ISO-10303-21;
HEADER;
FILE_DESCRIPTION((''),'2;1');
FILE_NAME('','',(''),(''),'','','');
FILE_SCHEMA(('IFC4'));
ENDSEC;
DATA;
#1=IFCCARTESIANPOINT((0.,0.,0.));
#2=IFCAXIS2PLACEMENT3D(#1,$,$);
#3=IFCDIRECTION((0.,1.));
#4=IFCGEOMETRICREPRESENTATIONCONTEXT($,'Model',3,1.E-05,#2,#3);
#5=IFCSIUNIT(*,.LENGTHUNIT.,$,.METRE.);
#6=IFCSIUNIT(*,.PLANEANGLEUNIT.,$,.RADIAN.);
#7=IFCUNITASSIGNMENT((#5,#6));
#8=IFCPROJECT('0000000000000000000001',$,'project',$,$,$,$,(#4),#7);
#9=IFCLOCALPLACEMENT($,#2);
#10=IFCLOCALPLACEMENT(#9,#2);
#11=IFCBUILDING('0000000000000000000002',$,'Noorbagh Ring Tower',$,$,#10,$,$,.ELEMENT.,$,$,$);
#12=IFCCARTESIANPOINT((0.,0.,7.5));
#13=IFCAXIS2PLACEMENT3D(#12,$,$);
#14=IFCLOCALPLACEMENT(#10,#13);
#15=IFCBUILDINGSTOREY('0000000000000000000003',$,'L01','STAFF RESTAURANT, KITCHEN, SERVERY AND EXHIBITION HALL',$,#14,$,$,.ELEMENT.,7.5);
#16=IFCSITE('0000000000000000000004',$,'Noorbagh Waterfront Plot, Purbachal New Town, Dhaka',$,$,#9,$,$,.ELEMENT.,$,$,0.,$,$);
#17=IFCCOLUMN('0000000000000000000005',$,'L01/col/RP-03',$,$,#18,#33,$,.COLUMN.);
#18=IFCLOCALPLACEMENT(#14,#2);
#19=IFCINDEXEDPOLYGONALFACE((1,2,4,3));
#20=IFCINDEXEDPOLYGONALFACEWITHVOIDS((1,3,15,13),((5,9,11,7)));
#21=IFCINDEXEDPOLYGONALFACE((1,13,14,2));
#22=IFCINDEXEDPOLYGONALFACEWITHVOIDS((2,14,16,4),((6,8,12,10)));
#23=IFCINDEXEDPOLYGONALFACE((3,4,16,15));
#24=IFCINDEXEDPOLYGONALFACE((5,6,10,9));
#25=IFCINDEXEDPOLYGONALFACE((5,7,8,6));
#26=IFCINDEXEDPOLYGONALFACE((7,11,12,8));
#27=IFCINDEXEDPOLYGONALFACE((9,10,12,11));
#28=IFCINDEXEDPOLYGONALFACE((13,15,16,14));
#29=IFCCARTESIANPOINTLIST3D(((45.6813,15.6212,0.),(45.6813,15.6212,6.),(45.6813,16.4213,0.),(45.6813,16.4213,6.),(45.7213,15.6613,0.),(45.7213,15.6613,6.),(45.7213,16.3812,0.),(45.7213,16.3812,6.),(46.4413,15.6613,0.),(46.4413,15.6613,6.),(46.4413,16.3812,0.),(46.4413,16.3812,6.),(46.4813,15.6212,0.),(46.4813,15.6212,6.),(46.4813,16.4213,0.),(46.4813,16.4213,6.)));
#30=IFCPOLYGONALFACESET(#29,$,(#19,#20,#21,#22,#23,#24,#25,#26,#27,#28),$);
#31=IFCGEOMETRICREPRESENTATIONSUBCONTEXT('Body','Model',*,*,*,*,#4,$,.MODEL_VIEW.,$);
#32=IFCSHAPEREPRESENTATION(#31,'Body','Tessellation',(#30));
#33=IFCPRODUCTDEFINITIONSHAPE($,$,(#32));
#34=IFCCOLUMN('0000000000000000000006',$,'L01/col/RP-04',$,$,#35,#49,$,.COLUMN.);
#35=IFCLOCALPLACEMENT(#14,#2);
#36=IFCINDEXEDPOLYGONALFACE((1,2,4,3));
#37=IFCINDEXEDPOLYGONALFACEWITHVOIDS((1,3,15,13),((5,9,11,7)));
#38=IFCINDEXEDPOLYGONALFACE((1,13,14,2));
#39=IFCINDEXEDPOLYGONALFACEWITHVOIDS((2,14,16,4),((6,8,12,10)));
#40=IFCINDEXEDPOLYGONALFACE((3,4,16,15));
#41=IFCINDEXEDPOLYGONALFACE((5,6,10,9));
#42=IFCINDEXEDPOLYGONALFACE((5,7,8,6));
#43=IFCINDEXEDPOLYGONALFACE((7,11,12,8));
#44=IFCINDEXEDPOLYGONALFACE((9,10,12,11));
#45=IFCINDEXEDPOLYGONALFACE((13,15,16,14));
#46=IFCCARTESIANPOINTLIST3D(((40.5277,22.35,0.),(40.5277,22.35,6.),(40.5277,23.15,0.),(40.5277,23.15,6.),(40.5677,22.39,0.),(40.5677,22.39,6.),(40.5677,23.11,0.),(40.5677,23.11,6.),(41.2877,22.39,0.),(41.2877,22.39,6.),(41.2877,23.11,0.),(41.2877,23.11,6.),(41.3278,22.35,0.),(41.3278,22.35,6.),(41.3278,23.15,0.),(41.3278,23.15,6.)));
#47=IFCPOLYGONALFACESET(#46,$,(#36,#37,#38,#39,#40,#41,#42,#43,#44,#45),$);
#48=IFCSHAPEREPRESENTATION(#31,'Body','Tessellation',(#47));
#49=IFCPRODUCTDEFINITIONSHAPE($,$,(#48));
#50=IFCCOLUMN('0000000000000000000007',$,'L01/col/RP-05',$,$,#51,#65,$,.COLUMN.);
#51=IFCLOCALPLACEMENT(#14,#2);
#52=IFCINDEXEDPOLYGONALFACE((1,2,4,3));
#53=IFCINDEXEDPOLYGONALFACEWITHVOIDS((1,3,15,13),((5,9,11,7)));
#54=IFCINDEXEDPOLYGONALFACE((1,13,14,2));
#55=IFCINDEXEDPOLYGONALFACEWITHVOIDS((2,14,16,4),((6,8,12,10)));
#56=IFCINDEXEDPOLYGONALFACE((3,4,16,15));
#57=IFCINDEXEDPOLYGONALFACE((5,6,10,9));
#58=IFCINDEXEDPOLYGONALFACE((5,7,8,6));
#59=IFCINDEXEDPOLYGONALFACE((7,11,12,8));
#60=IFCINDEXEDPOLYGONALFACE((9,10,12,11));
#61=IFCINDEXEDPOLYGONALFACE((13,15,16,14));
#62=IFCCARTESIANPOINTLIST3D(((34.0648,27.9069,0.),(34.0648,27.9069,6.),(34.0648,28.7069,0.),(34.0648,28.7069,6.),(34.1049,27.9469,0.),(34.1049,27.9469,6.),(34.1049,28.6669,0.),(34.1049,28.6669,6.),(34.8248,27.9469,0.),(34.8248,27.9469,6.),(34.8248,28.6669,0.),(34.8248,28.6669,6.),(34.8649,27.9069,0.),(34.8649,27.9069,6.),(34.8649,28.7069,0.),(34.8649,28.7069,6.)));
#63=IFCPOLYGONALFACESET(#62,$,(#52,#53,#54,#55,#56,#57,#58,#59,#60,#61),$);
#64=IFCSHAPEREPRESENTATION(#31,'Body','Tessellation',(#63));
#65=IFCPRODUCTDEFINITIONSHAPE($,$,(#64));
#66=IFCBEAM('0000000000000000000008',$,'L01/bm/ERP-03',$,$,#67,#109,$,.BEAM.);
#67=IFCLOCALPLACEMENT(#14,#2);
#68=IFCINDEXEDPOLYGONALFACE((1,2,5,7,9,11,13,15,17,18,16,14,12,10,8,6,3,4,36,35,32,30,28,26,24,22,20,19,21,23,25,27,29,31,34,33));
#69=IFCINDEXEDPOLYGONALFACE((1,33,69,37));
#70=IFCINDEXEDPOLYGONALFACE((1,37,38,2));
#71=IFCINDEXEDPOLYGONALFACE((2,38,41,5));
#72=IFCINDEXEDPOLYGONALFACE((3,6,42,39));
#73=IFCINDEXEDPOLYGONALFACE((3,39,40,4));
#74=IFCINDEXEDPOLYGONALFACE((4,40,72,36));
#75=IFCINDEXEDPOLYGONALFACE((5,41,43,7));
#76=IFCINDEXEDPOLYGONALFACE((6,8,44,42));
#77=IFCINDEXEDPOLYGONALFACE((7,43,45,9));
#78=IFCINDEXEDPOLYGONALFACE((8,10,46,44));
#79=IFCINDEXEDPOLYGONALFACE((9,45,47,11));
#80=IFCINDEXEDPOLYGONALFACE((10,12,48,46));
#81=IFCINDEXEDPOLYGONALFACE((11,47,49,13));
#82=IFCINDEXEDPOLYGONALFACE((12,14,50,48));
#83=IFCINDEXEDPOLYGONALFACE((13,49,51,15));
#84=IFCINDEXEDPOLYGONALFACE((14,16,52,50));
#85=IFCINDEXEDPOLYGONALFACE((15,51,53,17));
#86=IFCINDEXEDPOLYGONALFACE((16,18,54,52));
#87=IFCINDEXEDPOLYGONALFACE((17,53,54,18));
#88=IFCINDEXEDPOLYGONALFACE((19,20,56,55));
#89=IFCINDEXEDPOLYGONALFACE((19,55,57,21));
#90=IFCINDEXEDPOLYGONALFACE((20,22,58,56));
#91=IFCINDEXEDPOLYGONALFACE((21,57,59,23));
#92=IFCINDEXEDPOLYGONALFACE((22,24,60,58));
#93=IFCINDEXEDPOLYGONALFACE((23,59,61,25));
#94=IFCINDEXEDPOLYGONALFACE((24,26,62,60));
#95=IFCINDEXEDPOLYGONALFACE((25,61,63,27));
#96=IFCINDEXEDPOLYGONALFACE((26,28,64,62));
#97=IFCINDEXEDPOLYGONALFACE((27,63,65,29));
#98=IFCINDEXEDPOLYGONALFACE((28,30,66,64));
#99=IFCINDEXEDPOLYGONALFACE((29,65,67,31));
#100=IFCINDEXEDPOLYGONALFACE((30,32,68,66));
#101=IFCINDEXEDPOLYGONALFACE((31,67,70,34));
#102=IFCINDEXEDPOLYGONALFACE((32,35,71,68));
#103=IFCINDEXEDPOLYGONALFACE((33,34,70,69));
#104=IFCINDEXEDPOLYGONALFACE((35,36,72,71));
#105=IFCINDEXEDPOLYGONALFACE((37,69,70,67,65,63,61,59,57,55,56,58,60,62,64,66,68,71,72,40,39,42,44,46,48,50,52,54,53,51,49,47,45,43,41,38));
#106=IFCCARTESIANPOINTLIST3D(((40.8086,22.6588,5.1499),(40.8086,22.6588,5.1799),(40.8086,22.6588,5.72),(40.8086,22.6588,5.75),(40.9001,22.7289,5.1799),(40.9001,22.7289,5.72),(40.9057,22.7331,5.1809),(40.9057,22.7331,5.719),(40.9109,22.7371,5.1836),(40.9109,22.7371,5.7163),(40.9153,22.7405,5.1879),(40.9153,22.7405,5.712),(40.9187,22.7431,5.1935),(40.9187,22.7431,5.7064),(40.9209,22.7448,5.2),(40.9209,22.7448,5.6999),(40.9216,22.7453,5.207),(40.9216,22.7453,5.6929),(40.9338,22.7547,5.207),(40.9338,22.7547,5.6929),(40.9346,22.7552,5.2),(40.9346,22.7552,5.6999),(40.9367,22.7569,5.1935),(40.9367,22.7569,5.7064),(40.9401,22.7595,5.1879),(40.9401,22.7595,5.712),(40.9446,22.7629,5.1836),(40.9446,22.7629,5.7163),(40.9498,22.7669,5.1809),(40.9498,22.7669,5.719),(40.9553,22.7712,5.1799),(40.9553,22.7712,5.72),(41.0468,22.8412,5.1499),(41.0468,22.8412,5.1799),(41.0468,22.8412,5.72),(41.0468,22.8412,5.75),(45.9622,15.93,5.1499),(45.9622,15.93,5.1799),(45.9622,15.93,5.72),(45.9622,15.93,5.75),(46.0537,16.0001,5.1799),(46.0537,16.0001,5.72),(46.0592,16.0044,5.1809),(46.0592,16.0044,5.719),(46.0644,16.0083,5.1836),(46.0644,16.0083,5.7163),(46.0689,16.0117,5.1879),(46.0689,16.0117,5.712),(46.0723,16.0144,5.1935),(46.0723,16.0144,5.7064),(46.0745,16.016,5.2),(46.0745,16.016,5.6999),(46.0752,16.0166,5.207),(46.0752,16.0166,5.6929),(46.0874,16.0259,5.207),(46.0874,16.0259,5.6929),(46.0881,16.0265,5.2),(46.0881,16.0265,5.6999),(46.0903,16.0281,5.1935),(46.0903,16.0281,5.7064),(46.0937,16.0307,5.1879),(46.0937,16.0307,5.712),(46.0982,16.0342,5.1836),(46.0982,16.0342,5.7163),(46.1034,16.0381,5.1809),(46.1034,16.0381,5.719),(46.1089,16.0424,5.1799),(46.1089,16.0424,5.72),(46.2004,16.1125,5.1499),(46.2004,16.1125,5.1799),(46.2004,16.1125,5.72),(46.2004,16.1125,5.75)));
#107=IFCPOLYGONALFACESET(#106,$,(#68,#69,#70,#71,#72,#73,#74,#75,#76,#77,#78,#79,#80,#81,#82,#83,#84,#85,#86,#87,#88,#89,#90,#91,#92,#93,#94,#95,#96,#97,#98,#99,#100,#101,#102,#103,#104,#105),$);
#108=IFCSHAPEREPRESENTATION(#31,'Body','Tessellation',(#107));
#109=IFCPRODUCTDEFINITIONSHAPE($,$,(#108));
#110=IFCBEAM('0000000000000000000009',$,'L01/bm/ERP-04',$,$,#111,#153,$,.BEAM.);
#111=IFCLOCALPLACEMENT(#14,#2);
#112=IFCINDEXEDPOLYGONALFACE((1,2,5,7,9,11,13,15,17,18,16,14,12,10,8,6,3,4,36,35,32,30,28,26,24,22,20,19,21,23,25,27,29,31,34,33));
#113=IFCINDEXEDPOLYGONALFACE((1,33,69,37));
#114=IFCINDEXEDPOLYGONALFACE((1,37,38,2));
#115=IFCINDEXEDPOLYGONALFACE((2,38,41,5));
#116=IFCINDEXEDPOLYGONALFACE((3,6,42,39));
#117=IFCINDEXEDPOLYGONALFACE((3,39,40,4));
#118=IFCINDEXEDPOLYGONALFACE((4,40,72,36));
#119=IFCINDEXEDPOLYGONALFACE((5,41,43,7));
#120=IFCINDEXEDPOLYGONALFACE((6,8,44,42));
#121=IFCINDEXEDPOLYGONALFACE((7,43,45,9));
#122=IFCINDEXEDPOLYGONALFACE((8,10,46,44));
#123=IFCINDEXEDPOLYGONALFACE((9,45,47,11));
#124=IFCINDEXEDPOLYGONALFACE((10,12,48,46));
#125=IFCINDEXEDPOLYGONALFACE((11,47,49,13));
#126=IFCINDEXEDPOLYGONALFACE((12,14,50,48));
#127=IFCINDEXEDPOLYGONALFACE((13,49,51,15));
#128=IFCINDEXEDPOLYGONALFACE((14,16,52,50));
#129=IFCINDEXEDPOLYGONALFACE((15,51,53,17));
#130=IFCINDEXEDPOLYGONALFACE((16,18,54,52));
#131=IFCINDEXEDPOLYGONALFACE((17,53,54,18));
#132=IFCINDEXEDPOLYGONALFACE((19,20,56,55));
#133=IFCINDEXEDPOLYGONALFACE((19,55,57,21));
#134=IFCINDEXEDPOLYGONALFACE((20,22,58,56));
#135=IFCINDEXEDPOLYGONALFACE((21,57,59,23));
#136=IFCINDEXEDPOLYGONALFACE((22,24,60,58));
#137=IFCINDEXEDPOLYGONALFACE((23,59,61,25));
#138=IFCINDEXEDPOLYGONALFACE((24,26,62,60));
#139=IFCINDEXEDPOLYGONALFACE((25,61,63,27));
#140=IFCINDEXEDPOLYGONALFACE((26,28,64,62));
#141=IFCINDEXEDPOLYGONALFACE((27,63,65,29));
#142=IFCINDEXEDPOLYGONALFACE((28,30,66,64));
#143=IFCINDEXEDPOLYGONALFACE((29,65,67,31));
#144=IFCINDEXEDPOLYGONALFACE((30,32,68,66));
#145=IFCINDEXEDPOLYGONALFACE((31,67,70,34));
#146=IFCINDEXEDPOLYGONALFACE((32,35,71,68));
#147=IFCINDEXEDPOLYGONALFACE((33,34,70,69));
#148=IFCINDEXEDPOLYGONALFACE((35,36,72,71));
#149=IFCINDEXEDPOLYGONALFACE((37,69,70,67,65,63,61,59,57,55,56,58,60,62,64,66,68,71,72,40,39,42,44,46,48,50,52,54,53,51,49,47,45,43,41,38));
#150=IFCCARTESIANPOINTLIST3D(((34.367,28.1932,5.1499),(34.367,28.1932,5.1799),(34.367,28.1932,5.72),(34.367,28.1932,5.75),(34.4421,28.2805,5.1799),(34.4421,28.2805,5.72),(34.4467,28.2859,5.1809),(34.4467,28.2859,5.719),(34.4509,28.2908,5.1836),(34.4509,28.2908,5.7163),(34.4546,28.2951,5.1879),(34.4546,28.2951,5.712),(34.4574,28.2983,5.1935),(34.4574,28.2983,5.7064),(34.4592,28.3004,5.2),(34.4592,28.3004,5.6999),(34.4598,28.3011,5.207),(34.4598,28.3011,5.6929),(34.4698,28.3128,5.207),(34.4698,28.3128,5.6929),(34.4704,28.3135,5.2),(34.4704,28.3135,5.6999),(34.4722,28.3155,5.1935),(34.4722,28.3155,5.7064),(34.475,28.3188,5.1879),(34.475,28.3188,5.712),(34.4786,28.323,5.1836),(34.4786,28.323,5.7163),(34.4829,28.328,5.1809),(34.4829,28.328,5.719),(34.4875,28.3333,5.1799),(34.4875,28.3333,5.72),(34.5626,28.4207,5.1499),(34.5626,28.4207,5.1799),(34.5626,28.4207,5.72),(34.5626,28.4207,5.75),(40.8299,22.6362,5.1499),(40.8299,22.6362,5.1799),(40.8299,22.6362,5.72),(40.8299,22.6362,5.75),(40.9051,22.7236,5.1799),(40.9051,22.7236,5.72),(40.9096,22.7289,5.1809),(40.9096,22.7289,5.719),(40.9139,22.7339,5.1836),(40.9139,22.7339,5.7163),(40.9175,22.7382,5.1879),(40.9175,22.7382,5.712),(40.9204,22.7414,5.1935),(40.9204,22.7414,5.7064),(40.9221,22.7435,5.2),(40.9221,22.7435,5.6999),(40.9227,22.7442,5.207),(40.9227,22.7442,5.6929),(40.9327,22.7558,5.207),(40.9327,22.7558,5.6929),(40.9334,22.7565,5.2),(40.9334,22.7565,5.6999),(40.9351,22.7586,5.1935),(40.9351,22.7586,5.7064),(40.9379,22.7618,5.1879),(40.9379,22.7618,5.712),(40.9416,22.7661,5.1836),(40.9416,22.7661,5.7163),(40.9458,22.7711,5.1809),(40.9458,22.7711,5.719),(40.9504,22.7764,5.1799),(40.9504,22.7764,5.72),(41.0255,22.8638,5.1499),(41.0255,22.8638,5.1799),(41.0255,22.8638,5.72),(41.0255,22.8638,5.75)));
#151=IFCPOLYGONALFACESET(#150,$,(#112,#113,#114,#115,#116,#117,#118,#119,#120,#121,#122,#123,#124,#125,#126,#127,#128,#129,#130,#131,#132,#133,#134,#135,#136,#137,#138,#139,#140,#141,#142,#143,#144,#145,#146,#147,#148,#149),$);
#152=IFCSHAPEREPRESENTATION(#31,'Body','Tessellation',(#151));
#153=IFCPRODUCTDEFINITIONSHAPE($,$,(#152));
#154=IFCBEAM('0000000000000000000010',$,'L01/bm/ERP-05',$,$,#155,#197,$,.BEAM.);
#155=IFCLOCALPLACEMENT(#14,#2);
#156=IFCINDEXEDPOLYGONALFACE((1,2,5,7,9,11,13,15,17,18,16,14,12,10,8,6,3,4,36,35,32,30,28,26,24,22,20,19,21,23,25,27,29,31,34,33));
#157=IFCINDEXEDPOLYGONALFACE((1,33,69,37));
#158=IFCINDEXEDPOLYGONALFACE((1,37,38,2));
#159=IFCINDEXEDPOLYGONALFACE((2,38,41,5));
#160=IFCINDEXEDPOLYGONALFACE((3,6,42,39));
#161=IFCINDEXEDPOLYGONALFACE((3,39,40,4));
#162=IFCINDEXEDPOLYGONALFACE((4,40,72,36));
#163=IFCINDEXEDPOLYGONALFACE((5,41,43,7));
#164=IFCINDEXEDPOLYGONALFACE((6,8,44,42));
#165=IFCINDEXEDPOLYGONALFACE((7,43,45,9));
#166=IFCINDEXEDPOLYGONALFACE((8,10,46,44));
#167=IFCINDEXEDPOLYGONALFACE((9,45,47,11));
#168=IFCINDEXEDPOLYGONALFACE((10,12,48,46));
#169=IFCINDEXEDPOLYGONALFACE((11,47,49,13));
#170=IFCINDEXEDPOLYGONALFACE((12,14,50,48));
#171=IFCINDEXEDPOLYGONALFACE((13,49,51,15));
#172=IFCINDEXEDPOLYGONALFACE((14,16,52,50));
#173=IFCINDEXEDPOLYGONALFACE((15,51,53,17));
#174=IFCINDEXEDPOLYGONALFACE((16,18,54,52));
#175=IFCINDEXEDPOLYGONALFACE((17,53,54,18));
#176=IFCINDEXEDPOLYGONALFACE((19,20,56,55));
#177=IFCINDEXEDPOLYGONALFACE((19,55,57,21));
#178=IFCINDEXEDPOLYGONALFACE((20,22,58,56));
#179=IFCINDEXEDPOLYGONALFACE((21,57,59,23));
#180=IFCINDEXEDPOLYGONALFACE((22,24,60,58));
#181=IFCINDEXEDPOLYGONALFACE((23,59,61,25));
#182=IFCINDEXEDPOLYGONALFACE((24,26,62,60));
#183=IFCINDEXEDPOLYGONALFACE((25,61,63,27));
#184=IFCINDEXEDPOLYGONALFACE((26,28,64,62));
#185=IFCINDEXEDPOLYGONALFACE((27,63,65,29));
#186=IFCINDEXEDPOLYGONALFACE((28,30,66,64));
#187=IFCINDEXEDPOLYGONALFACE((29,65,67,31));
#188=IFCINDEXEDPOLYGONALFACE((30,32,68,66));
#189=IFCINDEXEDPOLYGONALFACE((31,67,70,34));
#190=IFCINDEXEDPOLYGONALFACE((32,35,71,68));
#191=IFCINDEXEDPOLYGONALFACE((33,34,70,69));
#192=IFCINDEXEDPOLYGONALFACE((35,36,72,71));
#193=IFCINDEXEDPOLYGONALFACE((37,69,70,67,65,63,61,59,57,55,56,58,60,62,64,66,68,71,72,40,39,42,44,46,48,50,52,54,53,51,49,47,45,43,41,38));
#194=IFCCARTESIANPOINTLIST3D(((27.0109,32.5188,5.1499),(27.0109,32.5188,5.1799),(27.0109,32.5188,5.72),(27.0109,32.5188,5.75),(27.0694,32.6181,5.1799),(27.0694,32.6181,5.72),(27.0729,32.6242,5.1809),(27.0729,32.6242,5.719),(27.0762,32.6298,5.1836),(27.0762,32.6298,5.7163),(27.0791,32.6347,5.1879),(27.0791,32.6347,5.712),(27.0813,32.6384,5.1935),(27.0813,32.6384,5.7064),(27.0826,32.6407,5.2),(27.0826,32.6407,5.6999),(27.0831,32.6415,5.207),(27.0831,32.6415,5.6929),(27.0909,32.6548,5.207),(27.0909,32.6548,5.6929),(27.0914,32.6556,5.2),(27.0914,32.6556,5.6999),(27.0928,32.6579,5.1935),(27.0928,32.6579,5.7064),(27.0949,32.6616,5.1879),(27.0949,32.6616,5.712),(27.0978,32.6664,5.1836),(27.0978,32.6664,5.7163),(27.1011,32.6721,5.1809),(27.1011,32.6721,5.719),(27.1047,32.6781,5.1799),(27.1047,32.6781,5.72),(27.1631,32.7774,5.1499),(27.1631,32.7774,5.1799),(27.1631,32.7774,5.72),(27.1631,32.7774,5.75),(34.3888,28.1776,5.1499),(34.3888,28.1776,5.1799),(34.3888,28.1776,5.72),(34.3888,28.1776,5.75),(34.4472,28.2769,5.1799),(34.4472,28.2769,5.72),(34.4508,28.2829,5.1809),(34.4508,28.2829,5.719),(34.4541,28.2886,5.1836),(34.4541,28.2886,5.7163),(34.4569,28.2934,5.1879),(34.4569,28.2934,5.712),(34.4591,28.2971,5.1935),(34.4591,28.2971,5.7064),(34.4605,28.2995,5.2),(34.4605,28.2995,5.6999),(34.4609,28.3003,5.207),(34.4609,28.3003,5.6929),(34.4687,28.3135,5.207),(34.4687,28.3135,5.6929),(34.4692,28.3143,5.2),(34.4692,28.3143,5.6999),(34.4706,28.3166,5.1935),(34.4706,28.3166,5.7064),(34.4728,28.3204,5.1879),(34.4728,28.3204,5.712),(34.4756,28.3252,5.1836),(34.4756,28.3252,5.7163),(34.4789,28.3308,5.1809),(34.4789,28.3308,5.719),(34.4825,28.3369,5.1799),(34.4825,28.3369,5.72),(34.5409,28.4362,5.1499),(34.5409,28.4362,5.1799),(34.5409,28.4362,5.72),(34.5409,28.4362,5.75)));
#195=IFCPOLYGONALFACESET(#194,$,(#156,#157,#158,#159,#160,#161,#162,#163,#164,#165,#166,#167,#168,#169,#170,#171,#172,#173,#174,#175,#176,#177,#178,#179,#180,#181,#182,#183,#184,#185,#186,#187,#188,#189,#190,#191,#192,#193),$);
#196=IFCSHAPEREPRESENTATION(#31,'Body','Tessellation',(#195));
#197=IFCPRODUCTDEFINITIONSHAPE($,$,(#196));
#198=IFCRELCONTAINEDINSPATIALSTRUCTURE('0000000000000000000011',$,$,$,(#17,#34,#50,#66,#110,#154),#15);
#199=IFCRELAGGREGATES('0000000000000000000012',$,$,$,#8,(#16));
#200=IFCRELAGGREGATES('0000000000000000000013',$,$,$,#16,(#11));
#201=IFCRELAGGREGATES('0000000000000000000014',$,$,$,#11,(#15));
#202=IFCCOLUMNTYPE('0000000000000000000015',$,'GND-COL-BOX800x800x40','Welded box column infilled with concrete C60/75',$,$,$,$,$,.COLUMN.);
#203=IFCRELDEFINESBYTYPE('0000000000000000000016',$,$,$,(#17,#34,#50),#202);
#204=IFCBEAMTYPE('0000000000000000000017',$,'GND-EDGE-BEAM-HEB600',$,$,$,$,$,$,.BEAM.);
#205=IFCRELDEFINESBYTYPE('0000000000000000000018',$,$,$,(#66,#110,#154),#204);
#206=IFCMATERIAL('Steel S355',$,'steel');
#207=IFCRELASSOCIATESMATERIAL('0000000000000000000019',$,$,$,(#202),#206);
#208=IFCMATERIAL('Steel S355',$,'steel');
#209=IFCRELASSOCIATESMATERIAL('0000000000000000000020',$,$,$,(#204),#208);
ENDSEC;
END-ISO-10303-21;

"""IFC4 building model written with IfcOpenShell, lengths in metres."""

from ifc_helpers import new_model, si_unit, direction, frame, origin, origin_2d, place, context, subcontext, project, spatial, hollow_rectangle, i_section, extrude, material, material_profile, profile_set, type_object, element, save


model = new_model("IFC4")

# Units and contexts
model_context = context("Model", 3, precision=1e-05, world=origin(), true_north=direction((0.0, 1.0)))
body_context = subcontext(model_context, "Body", "Model", "MODEL_VIEW")
ifc_project = project(units=[si_unit("LENGTHUNIT", "METRE"), si_unit("PLANEANGLEUNIT", "RADIAN")], contexts=[model_context])

# Site, building, storey
site_placement = place(None, origin())
site = spatial("IfcSite", under=ifc_project, at=site_placement, Name="Noorbagh Waterfront Plot, Purbachal New Town, Dhaka", CompositionType="ELEMENT", RefElevation=0.0)
building_placement = place(site_placement, origin())
building = spatial("IfcBuilding", under=site, at=building_placement, Name="Noorbagh Ring Tower", CompositionType="ELEMENT")
storey_placement = place(building_placement, frame((0.0, 0.0, 7.5)))
storey = spatial("IfcBuildingStorey", under=building, at=storey_placement, Name="L01", Description="STAFF RESTAURANT, KITCHEN, SERVERY AND EXHIBITION HALL", CompositionType="ELEMENT", Elevation=7.5)

# Columns
ifc_material_1 = material(Name="Steel S355", Category="steel")
ifc_material_profile_1 = material_profile(ifc_material_1, hollow_rectangle(XDim=0.8, YDim=0.8, WallThickness=0.04, at=origin_2d()), Name="BOX800x800x40")
ifc_profile_set_1 = profile_set([ifc_material_profile_1], Name="Steel S355")
column_type = type_object("IfcColumnType", Name="GND-COL-BOX800x800x40", Description="Welded box column infilled with concrete C60/75", PredefinedType="COLUMN", material=ifc_profile_set_1)
for number, where, z_axis, x_axis, name in (
    (1, (46.0813, 16.0212, 0.0), (0.0, 0.0, 1.0), (1.0, 0.0, 0.0), "L01/col/RP-03"),
    (2, (40.9277, 22.75, 0.0), (0.0, 0.0, 1.0), (1.0, 0.0, 0.0), "L01/col/RP-04"),
    (3, (34.4648, 28.3069, 0.0), (0.0, 0.0, 1.0), (1.0, 0.0, 0.0), "L01/col/RP-05"),
):
    element("IfcColumn", number, at=place(storey_placement, frame(where, z_axis=z_axis, x_axis=x_axis)), inside=storey, type_object=column_type, Name=name, PredefinedType="COLUMN", context=body_context, shape_type="SweptSolid", body=[
        extrude(hollow_rectangle(XDim=0.8, YDim=0.8, WallThickness=0.04, at=origin_2d()), origin(), (0.0, 0.0, 1.0), 6.0),
    ])

# Beams
ifc_material_2 = material(Name="Steel S355", Category="steel")
ifc_material_profile_2 = material_profile(ifc_material_2, i_section(OverallWidth=0.3, OverallDepth=0.6001, WebThickness=0.0154, FlangeThickness=0.03, FilletRadius=0.0271, at=origin_2d()), Name="HEB600")
ifc_profile_set_2 = profile_set([ifc_material_profile_2], Name="Steel S355")
beam_type_1 = type_object("IfcBeamType", Name="GND-EDGE-BEAM-HEB600", PredefinedType="BEAM", material=ifc_profile_set_2)
beam_1_placement = place(storey_placement, frame((46.0813, 16.0212, 5.45), z_axis=(-0.608049, 0.7939, 0.0), x_axis=(-0.7939, -0.608049, 0.0)))
element("IfcBeam", 4, at=beam_1_placement, inside=storey, type_object=beam_type_1, Name="L01/bm/ERP-03", PredefinedType="BEAM", context=body_context, shape_type="SweptSolid", body=[
    extrude(i_section(OverallWidth=0.3, OverallDepth=0.6001, WebThickness=0.0154, FlangeThickness=0.03, FilletRadius=0.0271, at=origin_2d()), origin(), (0.0, 0.0, 1.0), 8.4756),
])
beam_2_placement = place(storey_placement, frame((40.9277, 22.75, 5.45), z_axis=(-0.758255, 0.651958, 0.0), x_axis=(-0.651958, -0.758255, 0.0)))
element("IfcBeam", 5, at=beam_2_placement, inside=storey, type_object=beam_type_1, Name="L01/bm/ERP-04", PredefinedType="BEAM", context=body_context, shape_type="SweptSolid", body=[
    extrude(i_section(OverallWidth=0.3, OverallDepth=0.6001, WebThickness=0.0154, FlangeThickness=0.03, FilletRadius=0.0271, at=origin_2d()), origin(), (0.0, 0.0, 1.0), 8.5234),
])
beam_3_placement = place(storey_placement, frame((34.4648, 28.3069, 5.45), z_axis=(-0.861865, 0.507137, 0.0), x_axis=(-0.507137, -0.861865, 0.0)))
element("IfcBeam", 6, at=beam_3_placement, inside=storey, type_object=beam_type_1, Name="L01/bm/ERP-05", PredefinedType="BEAM", context=body_context, shape_type="SweptSolid", body=[
    extrude(i_section(OverallWidth=0.3, OverallDepth=0.6001, WebThickness=0.0154, FlangeThickness=0.03, FilletRadius=0.0271, at=origin_2d()), origin(), (0.0, 0.0, 1.0), 8.5603),
])

save(model, "model.ifc")
